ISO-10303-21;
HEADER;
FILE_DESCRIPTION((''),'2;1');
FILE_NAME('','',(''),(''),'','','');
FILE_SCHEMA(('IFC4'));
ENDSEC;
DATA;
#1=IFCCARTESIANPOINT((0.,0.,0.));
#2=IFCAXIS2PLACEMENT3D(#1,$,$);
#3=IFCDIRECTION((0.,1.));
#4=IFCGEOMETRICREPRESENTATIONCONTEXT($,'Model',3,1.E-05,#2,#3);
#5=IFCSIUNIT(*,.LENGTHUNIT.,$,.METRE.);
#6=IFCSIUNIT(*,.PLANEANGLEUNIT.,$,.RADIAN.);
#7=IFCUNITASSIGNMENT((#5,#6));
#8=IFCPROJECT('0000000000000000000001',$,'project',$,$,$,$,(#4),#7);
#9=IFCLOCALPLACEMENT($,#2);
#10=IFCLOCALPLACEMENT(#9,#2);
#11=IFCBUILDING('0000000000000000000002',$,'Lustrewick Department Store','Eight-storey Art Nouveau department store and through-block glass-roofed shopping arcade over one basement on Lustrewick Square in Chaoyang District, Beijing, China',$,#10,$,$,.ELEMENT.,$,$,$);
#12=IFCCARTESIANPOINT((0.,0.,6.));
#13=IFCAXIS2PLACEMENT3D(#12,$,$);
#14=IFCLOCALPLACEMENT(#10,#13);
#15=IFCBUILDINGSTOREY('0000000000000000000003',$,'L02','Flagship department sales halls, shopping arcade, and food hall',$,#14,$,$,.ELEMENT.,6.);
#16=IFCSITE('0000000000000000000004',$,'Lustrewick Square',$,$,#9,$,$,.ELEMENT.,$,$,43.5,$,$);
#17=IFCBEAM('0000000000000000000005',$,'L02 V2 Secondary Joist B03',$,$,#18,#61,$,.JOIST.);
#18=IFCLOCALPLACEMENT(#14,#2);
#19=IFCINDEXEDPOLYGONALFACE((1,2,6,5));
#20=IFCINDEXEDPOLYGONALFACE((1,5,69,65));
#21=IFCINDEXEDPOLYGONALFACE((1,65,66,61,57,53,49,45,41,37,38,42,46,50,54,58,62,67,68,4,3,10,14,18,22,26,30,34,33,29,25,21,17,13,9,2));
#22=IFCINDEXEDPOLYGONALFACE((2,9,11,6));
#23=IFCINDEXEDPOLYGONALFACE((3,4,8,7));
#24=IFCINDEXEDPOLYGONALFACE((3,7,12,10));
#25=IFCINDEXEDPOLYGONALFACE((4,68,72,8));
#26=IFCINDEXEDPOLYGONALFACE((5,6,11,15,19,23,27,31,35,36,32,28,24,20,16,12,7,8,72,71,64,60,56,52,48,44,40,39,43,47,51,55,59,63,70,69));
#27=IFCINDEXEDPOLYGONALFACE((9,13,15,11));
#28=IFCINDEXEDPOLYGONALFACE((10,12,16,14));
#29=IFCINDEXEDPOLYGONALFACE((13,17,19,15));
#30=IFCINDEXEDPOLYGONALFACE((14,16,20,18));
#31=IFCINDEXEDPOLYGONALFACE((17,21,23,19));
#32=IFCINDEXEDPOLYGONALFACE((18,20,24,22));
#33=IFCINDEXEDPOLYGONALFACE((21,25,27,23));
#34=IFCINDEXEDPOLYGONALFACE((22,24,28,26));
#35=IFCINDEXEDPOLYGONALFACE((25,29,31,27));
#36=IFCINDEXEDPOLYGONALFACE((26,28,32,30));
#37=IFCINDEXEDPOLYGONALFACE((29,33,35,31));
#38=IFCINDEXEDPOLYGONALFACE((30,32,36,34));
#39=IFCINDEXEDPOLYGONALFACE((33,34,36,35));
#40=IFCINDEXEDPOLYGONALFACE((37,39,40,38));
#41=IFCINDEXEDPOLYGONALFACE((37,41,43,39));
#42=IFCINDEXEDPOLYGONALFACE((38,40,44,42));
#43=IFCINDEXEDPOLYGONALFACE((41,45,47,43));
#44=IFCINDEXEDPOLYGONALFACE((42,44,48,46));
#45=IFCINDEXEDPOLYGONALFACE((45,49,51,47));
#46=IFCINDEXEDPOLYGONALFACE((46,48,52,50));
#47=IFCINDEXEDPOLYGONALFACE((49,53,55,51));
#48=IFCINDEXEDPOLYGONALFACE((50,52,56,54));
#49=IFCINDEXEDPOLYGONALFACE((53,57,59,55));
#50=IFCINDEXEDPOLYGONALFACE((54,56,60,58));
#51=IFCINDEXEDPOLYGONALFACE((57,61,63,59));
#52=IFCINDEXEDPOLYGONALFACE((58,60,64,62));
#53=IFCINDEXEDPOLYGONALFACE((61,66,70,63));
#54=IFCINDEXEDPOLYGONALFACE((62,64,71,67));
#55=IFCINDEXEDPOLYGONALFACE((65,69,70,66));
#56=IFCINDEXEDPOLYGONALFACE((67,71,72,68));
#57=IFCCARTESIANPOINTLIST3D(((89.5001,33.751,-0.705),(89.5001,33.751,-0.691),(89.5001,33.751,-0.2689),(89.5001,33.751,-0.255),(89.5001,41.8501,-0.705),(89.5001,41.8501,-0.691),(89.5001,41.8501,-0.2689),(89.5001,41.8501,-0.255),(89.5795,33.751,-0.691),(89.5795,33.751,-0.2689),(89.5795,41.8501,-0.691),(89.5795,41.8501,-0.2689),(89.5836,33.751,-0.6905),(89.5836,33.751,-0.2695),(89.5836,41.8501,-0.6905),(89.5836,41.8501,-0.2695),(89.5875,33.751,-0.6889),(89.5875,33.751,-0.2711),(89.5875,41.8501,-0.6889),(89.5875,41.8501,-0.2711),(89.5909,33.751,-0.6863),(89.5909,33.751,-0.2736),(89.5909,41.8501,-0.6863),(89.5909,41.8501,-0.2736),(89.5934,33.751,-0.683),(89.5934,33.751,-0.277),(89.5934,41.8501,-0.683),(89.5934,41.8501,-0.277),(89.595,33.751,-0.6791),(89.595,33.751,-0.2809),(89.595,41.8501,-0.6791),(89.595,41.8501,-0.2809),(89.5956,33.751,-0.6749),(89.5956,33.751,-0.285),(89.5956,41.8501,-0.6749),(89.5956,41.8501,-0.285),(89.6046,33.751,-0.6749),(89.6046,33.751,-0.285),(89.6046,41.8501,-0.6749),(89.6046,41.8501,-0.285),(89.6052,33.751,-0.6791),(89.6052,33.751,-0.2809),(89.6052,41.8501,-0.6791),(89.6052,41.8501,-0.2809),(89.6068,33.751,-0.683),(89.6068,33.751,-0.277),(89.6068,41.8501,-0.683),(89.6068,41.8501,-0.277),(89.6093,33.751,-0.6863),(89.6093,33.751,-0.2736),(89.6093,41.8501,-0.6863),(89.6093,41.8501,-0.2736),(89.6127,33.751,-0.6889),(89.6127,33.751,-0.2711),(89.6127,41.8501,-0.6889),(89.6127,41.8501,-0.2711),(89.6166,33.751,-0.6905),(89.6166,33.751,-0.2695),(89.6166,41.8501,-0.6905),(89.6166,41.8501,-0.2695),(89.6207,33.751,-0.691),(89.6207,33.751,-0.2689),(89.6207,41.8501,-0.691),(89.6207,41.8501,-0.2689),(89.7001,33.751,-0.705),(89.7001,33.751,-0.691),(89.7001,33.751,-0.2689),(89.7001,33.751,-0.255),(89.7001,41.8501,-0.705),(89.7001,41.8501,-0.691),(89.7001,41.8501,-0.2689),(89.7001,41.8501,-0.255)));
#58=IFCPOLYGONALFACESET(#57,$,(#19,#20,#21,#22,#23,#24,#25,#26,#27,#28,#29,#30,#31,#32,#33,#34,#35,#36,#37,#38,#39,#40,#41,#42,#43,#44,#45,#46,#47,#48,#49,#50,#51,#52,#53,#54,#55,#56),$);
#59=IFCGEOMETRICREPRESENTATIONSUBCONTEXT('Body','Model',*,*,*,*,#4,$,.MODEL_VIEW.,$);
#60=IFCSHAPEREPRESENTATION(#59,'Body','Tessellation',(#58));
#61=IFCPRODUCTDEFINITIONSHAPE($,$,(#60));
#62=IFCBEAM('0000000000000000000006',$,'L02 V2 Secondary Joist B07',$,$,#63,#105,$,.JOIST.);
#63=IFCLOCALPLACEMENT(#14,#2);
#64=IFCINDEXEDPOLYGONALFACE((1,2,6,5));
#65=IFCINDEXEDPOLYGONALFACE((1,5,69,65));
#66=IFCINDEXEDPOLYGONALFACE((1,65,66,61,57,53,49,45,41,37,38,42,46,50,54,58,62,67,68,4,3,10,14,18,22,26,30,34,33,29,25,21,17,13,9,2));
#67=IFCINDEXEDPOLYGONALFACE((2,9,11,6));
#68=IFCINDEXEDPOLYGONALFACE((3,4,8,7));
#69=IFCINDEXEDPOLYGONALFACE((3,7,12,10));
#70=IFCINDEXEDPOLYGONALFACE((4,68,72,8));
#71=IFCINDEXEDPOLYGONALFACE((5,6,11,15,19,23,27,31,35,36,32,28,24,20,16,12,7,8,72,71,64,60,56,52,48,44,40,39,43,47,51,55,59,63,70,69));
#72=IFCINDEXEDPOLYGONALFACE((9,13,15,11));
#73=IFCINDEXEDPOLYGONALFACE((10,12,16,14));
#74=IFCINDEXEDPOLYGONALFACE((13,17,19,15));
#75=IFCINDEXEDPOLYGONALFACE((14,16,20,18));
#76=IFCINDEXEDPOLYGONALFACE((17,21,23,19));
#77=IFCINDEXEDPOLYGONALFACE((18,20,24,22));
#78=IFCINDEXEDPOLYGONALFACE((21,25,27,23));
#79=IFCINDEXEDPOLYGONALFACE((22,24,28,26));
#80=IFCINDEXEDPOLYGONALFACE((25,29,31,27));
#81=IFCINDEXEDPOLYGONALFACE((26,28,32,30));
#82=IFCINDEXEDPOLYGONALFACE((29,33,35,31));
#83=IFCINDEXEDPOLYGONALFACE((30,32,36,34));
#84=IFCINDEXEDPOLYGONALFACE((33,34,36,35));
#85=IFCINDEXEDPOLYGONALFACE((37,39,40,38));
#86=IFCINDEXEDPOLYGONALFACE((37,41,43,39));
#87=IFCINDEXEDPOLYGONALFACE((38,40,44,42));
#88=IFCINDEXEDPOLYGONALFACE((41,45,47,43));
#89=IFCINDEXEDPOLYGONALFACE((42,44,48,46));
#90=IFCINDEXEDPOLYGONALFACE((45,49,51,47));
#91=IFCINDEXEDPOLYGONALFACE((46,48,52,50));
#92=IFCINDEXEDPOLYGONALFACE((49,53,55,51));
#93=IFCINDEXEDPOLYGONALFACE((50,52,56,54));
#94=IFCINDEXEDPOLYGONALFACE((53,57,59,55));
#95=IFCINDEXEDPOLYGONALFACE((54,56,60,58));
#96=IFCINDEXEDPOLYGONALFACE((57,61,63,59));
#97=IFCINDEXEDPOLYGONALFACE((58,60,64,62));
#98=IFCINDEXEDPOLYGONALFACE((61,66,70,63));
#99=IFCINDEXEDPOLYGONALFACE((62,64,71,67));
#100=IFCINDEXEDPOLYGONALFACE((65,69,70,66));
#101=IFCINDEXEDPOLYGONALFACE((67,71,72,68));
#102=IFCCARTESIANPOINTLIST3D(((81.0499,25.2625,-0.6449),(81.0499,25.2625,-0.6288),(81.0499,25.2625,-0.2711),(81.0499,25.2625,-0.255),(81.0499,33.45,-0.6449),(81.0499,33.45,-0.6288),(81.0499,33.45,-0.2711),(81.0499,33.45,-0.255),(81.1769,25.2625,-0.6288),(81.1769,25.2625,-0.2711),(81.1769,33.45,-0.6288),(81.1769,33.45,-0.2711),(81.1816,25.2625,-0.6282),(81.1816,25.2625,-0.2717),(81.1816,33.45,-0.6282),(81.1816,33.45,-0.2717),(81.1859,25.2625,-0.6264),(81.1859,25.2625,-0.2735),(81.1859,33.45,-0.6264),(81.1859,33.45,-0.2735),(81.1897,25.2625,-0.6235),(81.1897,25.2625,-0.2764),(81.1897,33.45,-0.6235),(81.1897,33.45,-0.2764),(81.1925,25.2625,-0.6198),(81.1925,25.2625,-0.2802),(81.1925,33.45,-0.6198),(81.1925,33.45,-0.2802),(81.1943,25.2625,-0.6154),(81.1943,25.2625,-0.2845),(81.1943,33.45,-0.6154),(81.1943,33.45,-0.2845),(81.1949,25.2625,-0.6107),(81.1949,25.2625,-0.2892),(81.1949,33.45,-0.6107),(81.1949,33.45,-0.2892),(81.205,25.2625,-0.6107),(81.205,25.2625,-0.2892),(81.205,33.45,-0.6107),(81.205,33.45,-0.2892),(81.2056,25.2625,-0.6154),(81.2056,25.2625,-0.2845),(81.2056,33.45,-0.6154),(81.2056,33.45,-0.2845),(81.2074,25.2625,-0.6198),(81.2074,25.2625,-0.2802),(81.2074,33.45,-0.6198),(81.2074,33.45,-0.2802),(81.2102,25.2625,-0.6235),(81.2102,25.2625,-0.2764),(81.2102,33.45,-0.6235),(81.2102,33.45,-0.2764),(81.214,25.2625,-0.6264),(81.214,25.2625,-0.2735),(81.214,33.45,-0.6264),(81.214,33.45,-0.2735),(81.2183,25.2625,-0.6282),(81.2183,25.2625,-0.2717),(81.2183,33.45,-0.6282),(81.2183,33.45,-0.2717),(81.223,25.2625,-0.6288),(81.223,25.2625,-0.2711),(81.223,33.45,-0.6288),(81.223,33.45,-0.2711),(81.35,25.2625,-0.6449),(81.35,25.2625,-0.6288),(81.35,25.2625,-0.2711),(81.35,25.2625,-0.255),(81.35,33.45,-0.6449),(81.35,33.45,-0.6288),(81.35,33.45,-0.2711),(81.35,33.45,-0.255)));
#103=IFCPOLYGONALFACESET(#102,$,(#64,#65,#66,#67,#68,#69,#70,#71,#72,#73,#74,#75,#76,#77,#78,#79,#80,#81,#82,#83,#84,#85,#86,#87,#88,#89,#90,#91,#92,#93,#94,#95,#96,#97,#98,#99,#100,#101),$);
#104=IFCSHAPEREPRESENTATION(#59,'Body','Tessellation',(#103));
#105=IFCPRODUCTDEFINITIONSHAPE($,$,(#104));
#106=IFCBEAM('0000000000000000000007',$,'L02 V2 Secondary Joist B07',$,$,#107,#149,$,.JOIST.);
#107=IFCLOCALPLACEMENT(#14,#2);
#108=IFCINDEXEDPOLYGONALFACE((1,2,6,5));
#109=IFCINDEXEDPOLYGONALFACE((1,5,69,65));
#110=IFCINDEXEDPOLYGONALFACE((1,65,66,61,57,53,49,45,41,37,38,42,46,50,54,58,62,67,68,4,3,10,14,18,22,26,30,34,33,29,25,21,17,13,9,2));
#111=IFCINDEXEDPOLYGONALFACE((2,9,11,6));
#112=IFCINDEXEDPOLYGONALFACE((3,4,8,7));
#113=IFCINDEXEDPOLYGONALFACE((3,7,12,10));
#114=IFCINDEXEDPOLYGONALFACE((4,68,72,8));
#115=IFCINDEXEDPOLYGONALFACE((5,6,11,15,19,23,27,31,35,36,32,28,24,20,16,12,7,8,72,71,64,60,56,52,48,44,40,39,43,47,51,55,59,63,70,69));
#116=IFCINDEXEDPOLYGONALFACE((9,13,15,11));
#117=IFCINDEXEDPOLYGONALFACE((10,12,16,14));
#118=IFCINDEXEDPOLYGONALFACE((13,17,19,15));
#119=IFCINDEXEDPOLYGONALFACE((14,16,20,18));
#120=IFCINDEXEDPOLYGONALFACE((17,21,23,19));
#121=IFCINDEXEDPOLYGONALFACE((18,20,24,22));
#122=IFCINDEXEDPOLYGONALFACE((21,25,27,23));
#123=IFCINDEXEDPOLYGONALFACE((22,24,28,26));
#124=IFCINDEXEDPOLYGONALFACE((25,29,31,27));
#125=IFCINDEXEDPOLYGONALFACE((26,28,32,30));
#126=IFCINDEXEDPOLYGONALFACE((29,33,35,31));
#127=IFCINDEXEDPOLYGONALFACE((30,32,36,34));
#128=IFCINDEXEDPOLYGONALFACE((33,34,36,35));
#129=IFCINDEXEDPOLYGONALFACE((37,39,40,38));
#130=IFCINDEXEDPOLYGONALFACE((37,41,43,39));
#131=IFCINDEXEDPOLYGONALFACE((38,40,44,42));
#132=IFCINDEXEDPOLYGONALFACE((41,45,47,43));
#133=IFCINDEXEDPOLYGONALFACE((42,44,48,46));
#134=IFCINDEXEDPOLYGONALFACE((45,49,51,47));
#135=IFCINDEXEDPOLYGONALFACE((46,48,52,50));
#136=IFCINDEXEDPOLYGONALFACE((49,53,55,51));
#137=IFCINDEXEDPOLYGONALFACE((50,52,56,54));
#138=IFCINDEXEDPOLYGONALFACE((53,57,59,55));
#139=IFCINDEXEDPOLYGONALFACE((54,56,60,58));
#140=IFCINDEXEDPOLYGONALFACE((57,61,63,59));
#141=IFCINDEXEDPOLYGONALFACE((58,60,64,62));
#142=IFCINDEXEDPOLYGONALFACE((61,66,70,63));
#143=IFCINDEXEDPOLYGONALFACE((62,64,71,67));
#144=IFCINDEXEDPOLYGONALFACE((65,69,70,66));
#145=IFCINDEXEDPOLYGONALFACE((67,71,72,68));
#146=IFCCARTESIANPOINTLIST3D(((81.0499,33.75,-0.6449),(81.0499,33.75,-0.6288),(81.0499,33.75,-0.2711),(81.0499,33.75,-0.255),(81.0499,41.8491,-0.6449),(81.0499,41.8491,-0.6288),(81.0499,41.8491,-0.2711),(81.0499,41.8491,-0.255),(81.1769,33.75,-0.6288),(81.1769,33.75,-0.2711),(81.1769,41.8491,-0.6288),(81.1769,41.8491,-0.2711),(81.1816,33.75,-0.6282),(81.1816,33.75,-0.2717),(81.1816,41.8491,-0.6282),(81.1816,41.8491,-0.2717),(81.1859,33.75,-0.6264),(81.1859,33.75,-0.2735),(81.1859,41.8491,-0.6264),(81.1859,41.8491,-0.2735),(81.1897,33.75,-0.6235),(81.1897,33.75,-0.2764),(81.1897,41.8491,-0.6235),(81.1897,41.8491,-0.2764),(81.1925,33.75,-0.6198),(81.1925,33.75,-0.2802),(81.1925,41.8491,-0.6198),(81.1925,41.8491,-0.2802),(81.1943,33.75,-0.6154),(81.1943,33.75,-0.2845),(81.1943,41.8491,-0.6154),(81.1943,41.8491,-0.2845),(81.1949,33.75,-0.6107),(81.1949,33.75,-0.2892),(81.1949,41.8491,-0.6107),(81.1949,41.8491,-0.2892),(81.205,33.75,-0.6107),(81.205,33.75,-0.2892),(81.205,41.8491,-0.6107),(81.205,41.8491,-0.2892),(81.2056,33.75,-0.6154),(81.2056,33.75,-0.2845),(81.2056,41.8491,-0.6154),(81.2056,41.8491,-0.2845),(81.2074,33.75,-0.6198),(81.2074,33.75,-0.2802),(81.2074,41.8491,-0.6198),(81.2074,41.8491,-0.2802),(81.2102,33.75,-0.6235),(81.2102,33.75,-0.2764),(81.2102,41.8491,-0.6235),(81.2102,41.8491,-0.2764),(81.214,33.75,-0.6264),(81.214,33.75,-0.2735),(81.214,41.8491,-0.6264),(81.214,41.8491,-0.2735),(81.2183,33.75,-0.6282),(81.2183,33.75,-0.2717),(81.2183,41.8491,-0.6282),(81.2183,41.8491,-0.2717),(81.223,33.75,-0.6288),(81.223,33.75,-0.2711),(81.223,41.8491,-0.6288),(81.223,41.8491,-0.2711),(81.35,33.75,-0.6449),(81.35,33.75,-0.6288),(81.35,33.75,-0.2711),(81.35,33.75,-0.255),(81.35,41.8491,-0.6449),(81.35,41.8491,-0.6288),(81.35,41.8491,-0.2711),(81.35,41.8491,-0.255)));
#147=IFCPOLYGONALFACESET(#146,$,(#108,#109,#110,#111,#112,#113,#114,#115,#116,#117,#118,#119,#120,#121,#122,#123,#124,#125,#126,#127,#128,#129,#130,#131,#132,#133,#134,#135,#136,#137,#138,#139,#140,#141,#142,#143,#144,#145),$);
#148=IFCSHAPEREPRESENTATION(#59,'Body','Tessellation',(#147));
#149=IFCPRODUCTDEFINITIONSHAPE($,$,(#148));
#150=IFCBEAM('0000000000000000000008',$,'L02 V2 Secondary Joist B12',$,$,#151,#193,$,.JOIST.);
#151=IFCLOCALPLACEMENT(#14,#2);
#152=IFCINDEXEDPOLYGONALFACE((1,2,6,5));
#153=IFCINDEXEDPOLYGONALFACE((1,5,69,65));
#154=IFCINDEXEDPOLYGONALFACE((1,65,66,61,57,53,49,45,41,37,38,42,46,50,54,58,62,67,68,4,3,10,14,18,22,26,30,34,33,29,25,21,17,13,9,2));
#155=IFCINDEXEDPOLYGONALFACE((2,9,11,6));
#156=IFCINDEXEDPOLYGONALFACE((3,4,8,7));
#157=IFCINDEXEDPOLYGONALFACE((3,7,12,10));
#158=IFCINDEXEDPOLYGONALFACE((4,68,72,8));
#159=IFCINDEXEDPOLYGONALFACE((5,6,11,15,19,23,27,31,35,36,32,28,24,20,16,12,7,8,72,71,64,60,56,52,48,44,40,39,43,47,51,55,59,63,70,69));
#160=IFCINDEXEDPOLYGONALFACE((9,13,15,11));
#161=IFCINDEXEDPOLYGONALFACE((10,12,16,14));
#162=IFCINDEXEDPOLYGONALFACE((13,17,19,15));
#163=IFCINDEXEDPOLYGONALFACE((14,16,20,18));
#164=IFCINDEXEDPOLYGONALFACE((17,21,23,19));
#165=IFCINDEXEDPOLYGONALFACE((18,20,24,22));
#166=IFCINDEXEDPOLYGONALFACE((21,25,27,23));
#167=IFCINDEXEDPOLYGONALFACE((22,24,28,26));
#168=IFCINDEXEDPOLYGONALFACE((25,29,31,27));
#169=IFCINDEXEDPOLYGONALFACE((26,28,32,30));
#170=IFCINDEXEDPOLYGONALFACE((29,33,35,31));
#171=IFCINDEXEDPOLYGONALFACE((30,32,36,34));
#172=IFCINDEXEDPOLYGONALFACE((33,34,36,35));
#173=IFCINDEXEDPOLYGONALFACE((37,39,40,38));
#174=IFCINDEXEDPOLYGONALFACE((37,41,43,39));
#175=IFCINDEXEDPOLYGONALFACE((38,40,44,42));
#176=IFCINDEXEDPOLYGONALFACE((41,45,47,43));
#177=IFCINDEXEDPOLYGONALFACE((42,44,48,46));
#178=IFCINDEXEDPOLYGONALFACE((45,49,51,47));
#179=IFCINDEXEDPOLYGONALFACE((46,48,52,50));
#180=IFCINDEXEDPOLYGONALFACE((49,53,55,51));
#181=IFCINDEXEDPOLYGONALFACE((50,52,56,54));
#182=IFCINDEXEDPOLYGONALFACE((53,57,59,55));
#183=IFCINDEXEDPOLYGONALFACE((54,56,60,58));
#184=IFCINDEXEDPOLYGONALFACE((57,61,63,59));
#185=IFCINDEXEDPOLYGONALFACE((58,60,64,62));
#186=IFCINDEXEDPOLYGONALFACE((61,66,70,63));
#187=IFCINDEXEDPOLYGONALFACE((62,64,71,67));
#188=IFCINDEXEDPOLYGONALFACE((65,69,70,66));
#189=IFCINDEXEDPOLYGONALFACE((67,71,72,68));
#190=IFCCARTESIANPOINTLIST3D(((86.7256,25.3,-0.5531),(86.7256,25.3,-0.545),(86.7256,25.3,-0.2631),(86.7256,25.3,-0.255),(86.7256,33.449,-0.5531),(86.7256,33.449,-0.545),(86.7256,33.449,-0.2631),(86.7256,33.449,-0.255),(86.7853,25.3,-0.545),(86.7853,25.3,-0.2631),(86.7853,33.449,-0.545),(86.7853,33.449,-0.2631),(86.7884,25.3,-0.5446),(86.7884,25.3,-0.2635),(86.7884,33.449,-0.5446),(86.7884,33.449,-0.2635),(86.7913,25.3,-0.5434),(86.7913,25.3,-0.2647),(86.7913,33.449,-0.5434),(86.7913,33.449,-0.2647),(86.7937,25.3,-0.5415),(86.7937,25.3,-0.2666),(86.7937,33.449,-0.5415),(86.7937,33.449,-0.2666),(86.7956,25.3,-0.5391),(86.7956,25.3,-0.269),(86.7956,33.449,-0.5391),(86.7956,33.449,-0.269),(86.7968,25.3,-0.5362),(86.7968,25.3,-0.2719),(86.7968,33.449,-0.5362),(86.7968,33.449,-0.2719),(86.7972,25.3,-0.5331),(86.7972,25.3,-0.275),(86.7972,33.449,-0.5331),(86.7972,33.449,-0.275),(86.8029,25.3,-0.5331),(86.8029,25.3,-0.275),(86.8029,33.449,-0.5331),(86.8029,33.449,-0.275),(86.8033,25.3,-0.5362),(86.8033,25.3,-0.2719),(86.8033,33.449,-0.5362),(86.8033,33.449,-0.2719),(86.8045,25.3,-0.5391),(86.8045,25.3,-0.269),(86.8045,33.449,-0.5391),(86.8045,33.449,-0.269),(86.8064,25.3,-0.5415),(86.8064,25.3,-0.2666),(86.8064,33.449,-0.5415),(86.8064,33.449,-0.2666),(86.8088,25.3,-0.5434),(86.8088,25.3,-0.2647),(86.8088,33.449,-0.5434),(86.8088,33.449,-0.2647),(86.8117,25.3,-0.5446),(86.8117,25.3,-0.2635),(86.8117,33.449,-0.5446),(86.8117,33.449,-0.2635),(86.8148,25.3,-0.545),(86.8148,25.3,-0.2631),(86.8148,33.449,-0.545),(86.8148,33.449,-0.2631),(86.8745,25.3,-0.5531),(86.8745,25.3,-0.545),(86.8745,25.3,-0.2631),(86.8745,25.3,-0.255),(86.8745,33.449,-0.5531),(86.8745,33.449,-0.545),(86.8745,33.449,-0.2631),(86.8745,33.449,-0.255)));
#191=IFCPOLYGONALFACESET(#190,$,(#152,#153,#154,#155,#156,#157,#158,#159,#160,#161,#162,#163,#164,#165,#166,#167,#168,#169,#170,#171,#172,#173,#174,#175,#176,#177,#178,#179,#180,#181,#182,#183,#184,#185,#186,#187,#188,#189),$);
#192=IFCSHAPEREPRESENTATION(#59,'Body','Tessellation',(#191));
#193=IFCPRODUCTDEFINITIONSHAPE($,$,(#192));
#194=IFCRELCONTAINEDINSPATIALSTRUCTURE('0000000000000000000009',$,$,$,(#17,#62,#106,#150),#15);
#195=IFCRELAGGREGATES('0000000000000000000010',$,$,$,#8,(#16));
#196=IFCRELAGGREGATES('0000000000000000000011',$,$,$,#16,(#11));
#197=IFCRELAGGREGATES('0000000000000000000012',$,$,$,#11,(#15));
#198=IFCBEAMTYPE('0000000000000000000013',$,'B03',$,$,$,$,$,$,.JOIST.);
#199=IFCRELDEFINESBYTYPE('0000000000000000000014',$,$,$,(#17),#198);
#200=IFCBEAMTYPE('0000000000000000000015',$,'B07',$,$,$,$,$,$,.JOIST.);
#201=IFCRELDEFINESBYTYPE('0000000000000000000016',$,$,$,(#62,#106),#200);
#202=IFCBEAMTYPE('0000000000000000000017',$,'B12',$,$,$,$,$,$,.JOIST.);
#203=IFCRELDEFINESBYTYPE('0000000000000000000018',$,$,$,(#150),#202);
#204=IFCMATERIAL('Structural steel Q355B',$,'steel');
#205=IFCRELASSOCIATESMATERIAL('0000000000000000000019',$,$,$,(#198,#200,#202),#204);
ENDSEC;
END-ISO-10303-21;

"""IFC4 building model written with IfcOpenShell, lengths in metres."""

from ifc_helpers import new_model, si_unit, direction, frame, origin, origin_2d, place, context, subcontext, project, spatial, i_section, extrude, material, material_profile, profile_set, type_object, element, save


model = new_model("IFC4")

# Units and contexts
model_context = context("Model", 3, precision=1e-05, world=origin(), true_north=direction((0.0, 1.0)))
body_context = subcontext(model_context, "Body", "Model", "MODEL_VIEW")
ifc_project = project(units=[si_unit("LENGTHUNIT", "METRE"), si_unit("PLANEANGLEUNIT", "RADIAN")], contexts=[model_context])

# Site, building, storey
site_placement = place(None, origin())
site = spatial("IfcSite", under=ifc_project, at=site_placement, Name="Lustrewick Square", CompositionType="ELEMENT", RefElevation=43.5)
building_placement = place(site_placement, origin())
building = spatial("IfcBuilding", under=site, at=building_placement, Name="Lustrewick Department Store", Description="Eight-storey Art Nouveau department store and through-block glass-roofed shopping arcade over one basement on Lustrewick Square in Chaoyang District, Beijing, China", CompositionType="ELEMENT")
storey_placement = place(building_placement, frame((0.0, 0.0, 6.0)))
storey = spatial("IfcBuildingStorey", under=building, at=storey_placement, Name="L02", Description="Flagship department sales halls, shopping arcade, and food hall", CompositionType="ELEMENT", Elevation=6.0)

# Beams
ifc_material_1 = material(Name="Structural steel Q355B", Category="steel")
ifc_material_profile_1 = material_profile(ifc_material_1, i_section(OverallWidth=0.2, OverallDepth=0.45, WebThickness=0.009, FlangeThickness=0.0139, FilletRadius=0.0161, at=origin_2d()), Name="HN 450x200x9x14")
ifc_profile_set_1 = profile_set([ifc_material_profile_1], Name="Structural steel Q355B")
beam_type_1 = type_object("IfcBeamType", Name="B03", PredefinedType="JOIST", material=ifc_profile_set_1)
beam_1_placement = place(storey_placement, frame((89.6001, 33.751, -0.48), z_axis=(0.0, 1.0, 0.0), x_axis=(-1.0, 0.0, 0.0)))
element("IfcBeam", 1, at=beam_1_placement, inside=storey, type_object=beam_type_1, Name="L02 V2 Secondary Joist B03", PredefinedType="JOIST", context=body_context, shape_type="SweptSolid", body=[
    extrude(i_section(OverallWidth=0.2, OverallDepth=0.45, WebThickness=0.009, FlangeThickness=0.0139, FilletRadius=0.0161, at=origin_2d()), origin(), (0.0, 0.0, 1.0), 8.0991),
])
ifc_material_profile_2 = material_profile(ifc_material_1, i_section(OverallWidth=0.3, OverallDepth=0.3899, WebThickness=0.01, FlangeThickness=0.0161, FilletRadius=0.0181, at=origin_2d()), Name="HM 390x300x10x16")
ifc_profile_set_2 = profile_set([ifc_material_profile_2], Name="Structural steel Q355B")
beam_type_2 = type_object("IfcBeamType", Name="B07", PredefinedType="JOIST", material=ifc_profile_set_2)
beam_2_placement = place(storey_placement, frame((81.2, 25.2625, -0.45), z_axis=(0.0, 1.0, 0.0), x_axis=(-1.0, 0.0, 0.0)))
element("IfcBeam", 2, at=beam_2_placement, inside=storey, type_object=beam_type_2, Name="L02 V2 Secondary Joist B07", PredefinedType="JOIST", context=body_context, shape_type="SweptSolid", body=[
    extrude(i_section(OverallWidth=0.3, OverallDepth=0.3899, WebThickness=0.01, FlangeThickness=0.0161, FilletRadius=0.0181, at=origin_2d()), origin(), (0.0, 0.0, 1.0), 8.1875),
])
beam_3_placement = place(storey_placement, frame((81.2, 33.75, -0.45), z_axis=(0.0, 1.0, 0.0), x_axis=(-1.0, 0.0, 0.0)))
element("IfcBeam", 3, at=beam_3_placement, inside=storey, type_object=beam_type_2, Name="L02 V2 Secondary Joist B07", PredefinedType="JOIST", context=body_context, shape_type="SweptSolid", body=[
    extrude(i_section(OverallWidth=0.3, OverallDepth=0.3899, WebThickness=0.01, FlangeThickness=0.0161, FilletRadius=0.0181, at=origin_2d()), origin(), (0.0, 0.0, 1.0), 8.0991),
])
ifc_material_profile_3 = material_profile(ifc_material_1, i_section(OverallWidth=0.1489, OverallDepth=0.2981, WebThickness=0.0056, FlangeThickness=0.0081, FilletRadius=0.012, at=origin_2d()), Name="HN 298x149x5.5x8")
ifc_profile_set_3 = profile_set([ifc_material_profile_3], Name="Structural steel Q355B")
beam_type_3 = type_object("IfcBeamType", Name="B12", PredefinedType="JOIST", material=ifc_profile_set_3)
beam_4_placement = place(storey_placement, frame((86.8, 25.3, -0.4041), z_axis=(0.0, 1.0, 0.0), x_axis=(-1.0, 0.0, 0.0)))
element("IfcBeam", 4, at=beam_4_placement, inside=storey, type_object=beam_type_3, Name="L02 V2 Secondary Joist B12", PredefinedType="JOIST", context=body_context, shape_type="SweptSolid", body=[
    extrude(i_section(OverallWidth=0.1489, OverallDepth=0.2981, WebThickness=0.0056, FlangeThickness=0.0081, FilletRadius=0.012, at=origin_2d()), origin(), (0.0, 0.0, 1.0), 8.1489),
])

save(model, "model.ifc")
